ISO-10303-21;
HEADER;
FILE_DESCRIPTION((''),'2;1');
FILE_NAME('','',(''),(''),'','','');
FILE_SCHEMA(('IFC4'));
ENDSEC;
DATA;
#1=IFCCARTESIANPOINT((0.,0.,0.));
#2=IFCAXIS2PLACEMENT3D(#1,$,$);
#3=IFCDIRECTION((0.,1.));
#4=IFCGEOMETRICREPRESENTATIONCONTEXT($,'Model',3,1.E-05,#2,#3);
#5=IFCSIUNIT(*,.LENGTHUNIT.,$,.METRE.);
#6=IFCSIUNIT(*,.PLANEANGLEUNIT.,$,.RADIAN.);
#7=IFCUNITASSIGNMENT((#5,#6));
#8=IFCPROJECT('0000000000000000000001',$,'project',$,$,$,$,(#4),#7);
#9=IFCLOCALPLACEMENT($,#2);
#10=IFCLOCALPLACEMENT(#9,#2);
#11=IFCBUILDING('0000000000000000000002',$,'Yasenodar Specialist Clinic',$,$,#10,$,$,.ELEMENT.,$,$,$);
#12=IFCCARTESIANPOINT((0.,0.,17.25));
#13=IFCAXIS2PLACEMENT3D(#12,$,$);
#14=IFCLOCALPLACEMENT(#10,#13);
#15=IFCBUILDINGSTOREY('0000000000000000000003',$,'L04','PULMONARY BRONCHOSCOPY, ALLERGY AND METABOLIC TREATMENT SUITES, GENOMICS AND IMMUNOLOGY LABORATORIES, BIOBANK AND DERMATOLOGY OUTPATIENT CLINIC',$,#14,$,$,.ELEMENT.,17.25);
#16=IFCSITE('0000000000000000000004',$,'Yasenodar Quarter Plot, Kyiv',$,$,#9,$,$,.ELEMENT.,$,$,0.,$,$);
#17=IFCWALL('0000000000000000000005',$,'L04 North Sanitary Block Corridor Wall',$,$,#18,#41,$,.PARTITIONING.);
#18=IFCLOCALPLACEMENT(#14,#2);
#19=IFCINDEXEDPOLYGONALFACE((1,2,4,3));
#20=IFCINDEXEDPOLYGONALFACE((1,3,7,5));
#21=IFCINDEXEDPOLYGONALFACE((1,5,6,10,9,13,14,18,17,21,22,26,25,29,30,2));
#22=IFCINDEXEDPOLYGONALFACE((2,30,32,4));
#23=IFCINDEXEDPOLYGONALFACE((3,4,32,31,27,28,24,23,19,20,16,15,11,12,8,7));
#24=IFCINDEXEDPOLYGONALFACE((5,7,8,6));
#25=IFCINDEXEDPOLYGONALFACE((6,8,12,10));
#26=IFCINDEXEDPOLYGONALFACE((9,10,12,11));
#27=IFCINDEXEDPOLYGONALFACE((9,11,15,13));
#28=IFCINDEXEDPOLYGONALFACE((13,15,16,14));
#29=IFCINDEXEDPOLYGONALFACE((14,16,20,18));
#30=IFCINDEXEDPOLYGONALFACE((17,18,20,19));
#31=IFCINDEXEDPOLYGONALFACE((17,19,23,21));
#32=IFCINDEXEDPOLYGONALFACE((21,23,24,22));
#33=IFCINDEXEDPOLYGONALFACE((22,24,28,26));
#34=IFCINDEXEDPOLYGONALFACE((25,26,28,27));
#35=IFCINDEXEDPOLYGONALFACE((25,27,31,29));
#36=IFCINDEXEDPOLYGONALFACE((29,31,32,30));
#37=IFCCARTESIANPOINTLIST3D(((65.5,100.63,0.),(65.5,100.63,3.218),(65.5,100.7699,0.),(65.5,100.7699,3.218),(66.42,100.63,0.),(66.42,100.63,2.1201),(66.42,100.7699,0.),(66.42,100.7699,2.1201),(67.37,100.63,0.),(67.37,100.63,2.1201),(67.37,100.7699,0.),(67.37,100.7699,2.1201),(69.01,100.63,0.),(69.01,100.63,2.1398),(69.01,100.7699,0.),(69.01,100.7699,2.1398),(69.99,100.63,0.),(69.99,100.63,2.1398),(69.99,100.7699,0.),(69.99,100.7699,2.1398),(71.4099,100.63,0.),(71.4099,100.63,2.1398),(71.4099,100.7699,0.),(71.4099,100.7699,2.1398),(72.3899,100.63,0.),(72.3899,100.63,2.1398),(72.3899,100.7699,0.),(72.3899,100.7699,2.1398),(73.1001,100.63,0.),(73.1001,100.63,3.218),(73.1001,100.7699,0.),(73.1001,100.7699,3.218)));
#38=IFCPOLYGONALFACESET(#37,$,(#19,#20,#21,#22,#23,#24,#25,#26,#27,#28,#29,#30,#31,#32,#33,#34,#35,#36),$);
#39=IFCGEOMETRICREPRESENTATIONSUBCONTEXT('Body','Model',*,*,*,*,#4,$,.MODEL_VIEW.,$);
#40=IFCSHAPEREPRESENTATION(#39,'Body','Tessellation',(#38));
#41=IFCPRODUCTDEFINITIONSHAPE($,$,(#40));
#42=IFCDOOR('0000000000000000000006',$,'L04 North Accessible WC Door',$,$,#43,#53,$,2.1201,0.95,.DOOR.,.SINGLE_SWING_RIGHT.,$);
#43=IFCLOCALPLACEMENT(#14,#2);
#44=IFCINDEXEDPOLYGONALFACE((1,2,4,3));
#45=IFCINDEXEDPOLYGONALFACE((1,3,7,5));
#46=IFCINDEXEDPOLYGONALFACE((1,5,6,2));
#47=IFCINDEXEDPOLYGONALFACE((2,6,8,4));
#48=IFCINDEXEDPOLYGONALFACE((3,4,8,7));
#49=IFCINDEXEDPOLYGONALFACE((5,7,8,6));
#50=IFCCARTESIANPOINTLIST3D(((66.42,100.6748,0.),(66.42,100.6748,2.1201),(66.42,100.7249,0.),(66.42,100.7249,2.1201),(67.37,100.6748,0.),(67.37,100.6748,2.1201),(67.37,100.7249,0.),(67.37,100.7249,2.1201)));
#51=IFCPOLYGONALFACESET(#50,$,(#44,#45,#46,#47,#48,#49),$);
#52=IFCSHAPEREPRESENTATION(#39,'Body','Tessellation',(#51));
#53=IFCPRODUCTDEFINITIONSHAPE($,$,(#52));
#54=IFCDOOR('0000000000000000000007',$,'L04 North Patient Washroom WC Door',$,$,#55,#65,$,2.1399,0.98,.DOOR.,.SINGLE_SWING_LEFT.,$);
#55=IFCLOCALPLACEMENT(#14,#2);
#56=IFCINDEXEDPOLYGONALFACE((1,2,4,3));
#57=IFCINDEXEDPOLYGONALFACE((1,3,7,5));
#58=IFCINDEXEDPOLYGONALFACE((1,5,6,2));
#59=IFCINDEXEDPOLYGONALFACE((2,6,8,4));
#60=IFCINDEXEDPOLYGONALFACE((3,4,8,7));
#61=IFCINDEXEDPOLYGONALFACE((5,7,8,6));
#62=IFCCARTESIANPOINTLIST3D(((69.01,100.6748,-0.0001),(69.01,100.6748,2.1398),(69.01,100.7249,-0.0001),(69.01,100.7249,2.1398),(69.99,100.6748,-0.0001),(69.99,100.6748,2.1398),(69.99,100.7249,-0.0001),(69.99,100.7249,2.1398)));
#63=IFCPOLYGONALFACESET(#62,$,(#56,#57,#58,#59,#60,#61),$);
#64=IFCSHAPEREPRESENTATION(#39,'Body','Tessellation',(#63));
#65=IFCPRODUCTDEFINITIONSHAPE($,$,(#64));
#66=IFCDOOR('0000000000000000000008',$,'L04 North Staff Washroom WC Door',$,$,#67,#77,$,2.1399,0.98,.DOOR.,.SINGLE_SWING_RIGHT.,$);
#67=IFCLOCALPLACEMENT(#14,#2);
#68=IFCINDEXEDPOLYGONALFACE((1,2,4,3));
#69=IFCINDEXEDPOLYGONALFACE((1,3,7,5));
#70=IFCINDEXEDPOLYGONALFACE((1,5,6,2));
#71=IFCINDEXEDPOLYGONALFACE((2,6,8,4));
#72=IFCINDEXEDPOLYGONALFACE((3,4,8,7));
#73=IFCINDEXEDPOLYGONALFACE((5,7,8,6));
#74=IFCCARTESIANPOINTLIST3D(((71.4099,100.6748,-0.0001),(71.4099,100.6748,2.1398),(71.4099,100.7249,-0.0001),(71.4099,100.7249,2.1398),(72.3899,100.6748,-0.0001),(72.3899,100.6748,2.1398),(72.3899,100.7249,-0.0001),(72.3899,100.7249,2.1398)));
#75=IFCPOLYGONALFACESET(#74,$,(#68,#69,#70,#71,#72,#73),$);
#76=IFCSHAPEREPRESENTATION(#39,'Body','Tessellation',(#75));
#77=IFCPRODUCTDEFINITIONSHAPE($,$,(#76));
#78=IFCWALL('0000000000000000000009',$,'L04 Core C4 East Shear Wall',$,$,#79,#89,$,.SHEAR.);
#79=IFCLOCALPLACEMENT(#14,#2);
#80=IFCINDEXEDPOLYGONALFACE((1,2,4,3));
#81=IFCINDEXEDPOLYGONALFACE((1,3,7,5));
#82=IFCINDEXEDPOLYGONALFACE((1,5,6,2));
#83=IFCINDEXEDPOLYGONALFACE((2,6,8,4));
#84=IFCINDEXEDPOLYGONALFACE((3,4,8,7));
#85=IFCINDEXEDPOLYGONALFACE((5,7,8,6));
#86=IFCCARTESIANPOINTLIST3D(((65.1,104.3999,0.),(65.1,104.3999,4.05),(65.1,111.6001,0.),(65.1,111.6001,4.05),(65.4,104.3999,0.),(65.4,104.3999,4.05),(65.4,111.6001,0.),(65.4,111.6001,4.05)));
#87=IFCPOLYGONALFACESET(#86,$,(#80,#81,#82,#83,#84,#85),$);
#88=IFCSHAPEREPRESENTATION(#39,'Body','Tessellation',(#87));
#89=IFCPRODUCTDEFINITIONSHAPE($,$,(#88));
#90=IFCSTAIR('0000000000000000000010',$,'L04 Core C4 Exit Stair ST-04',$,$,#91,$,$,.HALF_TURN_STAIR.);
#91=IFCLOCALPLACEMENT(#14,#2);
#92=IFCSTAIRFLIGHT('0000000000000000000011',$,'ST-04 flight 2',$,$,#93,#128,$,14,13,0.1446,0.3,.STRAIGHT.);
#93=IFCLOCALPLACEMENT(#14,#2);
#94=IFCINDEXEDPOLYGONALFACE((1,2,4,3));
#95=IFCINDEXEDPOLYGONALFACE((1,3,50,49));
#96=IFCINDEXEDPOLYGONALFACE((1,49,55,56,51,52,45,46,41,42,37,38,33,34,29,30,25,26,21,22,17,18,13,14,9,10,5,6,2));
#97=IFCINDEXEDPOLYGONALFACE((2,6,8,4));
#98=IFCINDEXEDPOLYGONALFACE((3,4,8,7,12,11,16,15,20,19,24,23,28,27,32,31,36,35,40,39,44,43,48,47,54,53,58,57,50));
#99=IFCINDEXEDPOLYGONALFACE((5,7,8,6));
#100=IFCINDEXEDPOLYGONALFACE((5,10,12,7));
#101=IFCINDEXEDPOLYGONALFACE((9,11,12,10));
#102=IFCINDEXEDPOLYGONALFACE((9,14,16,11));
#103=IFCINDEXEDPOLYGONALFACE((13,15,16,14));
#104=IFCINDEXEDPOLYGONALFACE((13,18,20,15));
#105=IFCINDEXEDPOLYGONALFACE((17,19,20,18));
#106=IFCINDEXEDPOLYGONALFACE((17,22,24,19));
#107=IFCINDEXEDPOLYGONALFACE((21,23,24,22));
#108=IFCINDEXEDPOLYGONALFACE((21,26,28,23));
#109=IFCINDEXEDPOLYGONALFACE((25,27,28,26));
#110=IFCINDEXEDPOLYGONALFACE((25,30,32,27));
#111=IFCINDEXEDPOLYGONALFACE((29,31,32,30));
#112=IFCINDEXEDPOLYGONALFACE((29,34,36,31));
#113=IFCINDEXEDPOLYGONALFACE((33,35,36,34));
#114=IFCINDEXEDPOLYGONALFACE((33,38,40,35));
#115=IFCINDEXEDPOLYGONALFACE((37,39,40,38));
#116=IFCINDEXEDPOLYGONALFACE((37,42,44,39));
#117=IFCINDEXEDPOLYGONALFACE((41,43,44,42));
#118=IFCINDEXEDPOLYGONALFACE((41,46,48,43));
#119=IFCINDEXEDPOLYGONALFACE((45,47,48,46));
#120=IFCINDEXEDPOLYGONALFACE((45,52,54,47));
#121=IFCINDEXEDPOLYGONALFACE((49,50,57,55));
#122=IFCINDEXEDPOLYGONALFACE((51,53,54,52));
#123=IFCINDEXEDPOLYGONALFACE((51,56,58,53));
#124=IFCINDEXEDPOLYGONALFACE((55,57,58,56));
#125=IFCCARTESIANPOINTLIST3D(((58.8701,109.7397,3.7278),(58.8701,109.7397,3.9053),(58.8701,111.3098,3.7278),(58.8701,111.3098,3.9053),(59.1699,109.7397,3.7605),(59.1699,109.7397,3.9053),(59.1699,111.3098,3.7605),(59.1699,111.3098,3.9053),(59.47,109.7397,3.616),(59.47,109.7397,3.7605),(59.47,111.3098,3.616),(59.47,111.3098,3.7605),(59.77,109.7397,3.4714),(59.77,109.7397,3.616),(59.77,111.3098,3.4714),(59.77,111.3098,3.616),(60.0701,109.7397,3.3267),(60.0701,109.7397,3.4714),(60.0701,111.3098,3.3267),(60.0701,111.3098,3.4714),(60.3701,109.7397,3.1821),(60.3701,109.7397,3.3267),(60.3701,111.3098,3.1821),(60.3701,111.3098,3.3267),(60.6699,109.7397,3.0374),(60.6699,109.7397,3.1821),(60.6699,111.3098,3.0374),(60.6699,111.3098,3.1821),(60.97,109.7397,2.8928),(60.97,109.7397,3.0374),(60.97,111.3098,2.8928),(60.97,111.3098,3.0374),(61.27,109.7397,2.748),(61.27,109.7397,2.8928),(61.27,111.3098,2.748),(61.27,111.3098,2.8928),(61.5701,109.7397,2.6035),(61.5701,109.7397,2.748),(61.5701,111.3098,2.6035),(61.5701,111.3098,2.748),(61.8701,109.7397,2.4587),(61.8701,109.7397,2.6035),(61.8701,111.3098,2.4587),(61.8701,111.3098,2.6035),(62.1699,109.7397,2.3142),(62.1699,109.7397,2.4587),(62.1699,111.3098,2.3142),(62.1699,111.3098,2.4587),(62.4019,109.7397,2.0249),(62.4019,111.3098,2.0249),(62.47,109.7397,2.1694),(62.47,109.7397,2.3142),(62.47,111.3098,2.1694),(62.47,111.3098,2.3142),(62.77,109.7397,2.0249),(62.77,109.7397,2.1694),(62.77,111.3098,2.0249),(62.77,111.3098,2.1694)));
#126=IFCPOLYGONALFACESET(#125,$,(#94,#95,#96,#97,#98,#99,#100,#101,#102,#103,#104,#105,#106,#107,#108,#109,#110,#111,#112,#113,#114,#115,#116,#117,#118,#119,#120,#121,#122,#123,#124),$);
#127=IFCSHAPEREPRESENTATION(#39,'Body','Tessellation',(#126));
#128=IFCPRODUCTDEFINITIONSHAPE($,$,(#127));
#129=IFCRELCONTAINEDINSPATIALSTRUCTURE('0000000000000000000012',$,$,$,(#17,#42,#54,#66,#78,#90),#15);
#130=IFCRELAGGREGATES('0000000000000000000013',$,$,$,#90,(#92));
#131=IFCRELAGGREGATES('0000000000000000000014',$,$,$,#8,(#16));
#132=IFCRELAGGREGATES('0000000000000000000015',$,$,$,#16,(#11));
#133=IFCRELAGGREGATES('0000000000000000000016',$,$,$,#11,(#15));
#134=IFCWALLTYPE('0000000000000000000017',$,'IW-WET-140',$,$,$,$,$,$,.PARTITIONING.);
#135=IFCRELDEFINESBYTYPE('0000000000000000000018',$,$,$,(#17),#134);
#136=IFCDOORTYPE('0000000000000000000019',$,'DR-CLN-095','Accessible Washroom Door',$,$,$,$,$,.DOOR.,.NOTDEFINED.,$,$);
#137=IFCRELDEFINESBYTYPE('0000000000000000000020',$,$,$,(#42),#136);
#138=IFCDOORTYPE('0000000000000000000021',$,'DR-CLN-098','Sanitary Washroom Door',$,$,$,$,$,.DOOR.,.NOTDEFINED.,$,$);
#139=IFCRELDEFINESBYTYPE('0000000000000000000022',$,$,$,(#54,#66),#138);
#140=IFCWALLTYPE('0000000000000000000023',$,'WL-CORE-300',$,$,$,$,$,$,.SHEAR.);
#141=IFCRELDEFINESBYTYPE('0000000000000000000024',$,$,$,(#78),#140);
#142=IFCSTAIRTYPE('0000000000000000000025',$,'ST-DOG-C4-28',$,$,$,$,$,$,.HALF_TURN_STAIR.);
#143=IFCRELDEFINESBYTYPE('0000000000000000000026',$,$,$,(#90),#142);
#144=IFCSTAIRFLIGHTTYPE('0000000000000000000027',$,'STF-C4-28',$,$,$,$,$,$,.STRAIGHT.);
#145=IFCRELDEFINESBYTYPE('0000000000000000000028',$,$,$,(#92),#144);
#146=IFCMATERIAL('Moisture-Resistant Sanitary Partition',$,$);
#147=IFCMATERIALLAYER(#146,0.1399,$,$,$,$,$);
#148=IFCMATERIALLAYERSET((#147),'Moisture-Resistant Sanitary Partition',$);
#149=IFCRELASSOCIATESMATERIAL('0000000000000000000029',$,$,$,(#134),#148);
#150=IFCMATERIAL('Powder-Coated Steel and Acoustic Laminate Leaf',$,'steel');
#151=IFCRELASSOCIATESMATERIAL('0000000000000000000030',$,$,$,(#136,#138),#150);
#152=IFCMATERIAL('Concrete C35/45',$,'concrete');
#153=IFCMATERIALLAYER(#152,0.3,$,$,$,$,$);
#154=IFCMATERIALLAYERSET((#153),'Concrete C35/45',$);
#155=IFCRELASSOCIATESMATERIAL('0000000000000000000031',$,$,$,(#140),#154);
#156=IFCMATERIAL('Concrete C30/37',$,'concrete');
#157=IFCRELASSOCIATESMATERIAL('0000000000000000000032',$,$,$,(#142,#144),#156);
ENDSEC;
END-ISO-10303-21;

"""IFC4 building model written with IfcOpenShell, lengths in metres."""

from ifc_helpers import new_model, si_unit, direction, frame, frame_2d, origin, place, context, subcontext, project, spatial, polyline, rectangle, outline, extrude, material, layer, layer_set, type_object, element, fill, aggregate, save


model = new_model("IFC4")

# Units and contexts
model_context = context("Model", 3, precision=1e-05, world=origin(), true_north=direction((0.0, 1.0)))
body_context = subcontext(model_context, "Body", "Model", "MODEL_VIEW")
ifc_project = project(units=[si_unit("LENGTHUNIT", "METRE"), si_unit("PLANEANGLEUNIT", "RADIAN")], contexts=[model_context])

# Site, building, storey
site_placement = place(None, origin())
site = spatial("IfcSite", under=ifc_project, at=site_placement, Name="Yasenodar Quarter Plot, Kyiv", CompositionType="ELEMENT", RefElevation=0.0)
building_placement = place(site_placement, origin())
building = spatial("IfcBuilding", under=site, at=building_placement, Name="Yasenodar Specialist Clinic", CompositionType="ELEMENT")
storey_placement = place(building_placement, frame((0.0, 0.0, 17.25)))
storey = spatial("IfcBuildingStorey", under=building, at=storey_placement, Name="L04", Description="PULMONARY BRONCHOSCOPY, ALLERGY AND METABOLIC TREATMENT SUITES, GENOMICS AND IMMUNOLOGY LABORATORIES, BIOBANK AND DERMATOLOGY OUTPATIENT CLINIC", CompositionType="ELEMENT", Elevation=17.25)

# Shared definitions
ifc_material_1 = material(Name="Moisture-Resistant Sanitary Partition")
ifc_layer_1 = layer(ifc_material_1, 0.1399)
ifc_layer_set_1 = layer_set([ifc_layer_1], Name="Moisture-Resistant Sanitary Partition")
wall_type_1 = type_object("IfcWallType", Name="IW-WET-140", PredefinedType="PARTITIONING", material=ifc_layer_set_1)

# Wall, openings, doors
wall_1_placement = place(storey_placement, frame((65.5, 100.7, 0.0), z_axis=(0.0, 0.0, 1.0), x_axis=(1.0, 0.0, 0.0)))
wall_1 = element("IfcWall", 1, at=wall_1_placement, inside=storey, type_object=wall_type_1, Name="L04 North Sanitary Block Corridor Wall", PredefinedType="PARTITIONING", context=body_context, shape_type="SweptSolid", body=[
    extrude(rectangle(XDim=7.6001, YDim=0.1399, at=frame_2d((3.8, 0.0))), origin(), (0.0, 0.0, 1.0), 3.218),
])
opening_1_placement = place(wall_1_placement, frame((0.9199, 0.0, 0.0)))
opening_1 = element("IfcOpeningElement", 2, at=opening_1_placement, cuts=wall_1, PredefinedType="OPENING", context=body_context, shape_type="SweptSolid", body=[
    extrude(rectangle(XDim=0.95, YDim=2.1201, at=frame_2d((0.4751, 1.0601))), frame((0.0, 0.0801, 0.0), z_axis=(0.0, -1.0, 0.0), x_axis=(1.0, 0.0, 0.0)), (0.0, 0.0, 1.0), 0.1599),
])
opening_2_placement = place(wall_1_placement, frame((3.51, 0.0, 0.0)))
opening_2 = element("IfcOpeningElement", 3, at=opening_2_placement, cuts=wall_1, PredefinedType="OPENING", context=body_context, shape_type="SweptSolid", body=[
    extrude(rectangle(XDim=0.98, YDim=2.1399, at=frame_2d((0.49, 1.0698))), frame((0.0, 0.0801, 0.0), z_axis=(0.0, -1.0, 0.0), x_axis=(1.0, 0.0, 0.0)), (0.0, 0.0, 1.0), 0.1599),
])
opening_3_placement = place(wall_1_placement, frame((5.9099, 0.0, 0.0)))
opening_3 = element("IfcOpeningElement", 4, at=opening_3_placement, cuts=wall_1, PredefinedType="OPENING", context=body_context, shape_type="SweptSolid", body=[
    extrude(rectangle(XDim=0.98, YDim=2.1399, at=frame_2d((0.49, 1.0698))), frame((0.0, 0.0801, 0.0), z_axis=(0.0, -1.0, 0.0), x_axis=(1.0, 0.0, 0.0)), (0.0, 0.0, 1.0), 0.1599),
])
ifc_material_2 = material(Name="Powder-Coated Steel and Acoustic Laminate Leaf", Category="steel")
door_type_1 = type_object("IfcDoorType", Name="DR-CLN-095", Description="Accessible Washroom Door", OperationType="NOTDEFINED", PredefinedType="DOOR", material=ifc_material_2)
door_1_placement = place(opening_1_placement, origin())
door_1 = element("IfcDoor", 5, at=door_1_placement, inside=storey, type_object=door_type_1, Name="L04 North Accessible WC Door", OperationType="SINGLE_SWING_RIGHT", OverallHeight=2.1201, OverallWidth=0.95, PredefinedType="DOOR", context=body_context, shape_type="SweptSolid", body=[
    extrude(rectangle(XDim=0.95, YDim=2.1201, at=frame_2d((0.4751, 1.0601))), frame((0.0, 0.0249, 0.0), z_axis=(0.0, -1.0, 0.0), x_axis=(1.0, 0.0, 0.0)), (0.0, 0.0, 1.0), 0.05),
])
fill(opening_1, door_1)
door_type_2 = type_object("IfcDoorType", Name="DR-CLN-098", Description="Sanitary Washroom Door", OperationType="NOTDEFINED", PredefinedType="DOOR", material=ifc_material_2)
door_2_placement = place(opening_2_placement, origin())
door_2 = element("IfcDoor", 6, at=door_2_placement, inside=storey, type_object=door_type_2, Name="L04 North Patient Washroom WC Door", OperationType="SINGLE_SWING_LEFT", OverallHeight=2.1399, OverallWidth=0.98, PredefinedType="DOOR", context=body_context, shape_type="SweptSolid", body=[
    extrude(rectangle(XDim=0.98, YDim=2.1399, at=frame_2d((0.49, 1.0698))), frame((0.0, 0.0249, 0.0), z_axis=(0.0, -1.0, 0.0), x_axis=(1.0, 0.0, 0.0)), (0.0, 0.0, 1.0), 0.05),
])
fill(opening_2, door_2)
door_3_placement = place(opening_3_placement, origin())
door_3 = element("IfcDoor", 7, at=door_3_placement, inside=storey, type_object=door_type_2, Name="L04 North Staff Washroom WC Door", OperationType="SINGLE_SWING_RIGHT", OverallHeight=2.1399, OverallWidth=0.98, PredefinedType="DOOR", context=body_context, shape_type="SweptSolid", body=[
    extrude(rectangle(XDim=0.98, YDim=2.1399, at=frame_2d((0.49, 1.0698))), frame((0.0, 0.0249, 0.0), z_axis=(0.0, -1.0, 0.0), x_axis=(1.0, 0.0, 0.0)), (0.0, 0.0, 1.0), 0.05),
])
fill(opening_3, door_3)

# Wall
ifc_material_3 = material(Name="Concrete C35/45", Category="concrete")
ifc_layer_2 = layer(ifc_material_3, 0.3)
ifc_layer_set_2 = layer_set([ifc_layer_2], Name="Concrete C35/45")
wall_type_2 = type_object("IfcWallType", Name="WL-CORE-300", PredefinedType="SHEAR", material=ifc_layer_set_2)
wall_2_placement = place(storey_placement, frame((65.25, 104.3999, 0.0), z_axis=(0.0, 0.0, 1.0), x_axis=(0.0, 1.0, 0.0)))
element("IfcWall", 8, at=wall_2_placement, inside=storey, type_object=wall_type_2, Name="L04 Core C4 East Shear Wall", PredefinedType="SHEAR", context=body_context, shape_type="SweptSolid", body=[
    extrude(rectangle(XDim=7.2002, YDim=0.3, at=frame_2d((3.6001, 0.0))), origin(), (0.0, 0.0, 1.0), 4.05),
])

# Stair, stair flight
ifc_material_4 = material(Name="Concrete C30/37", Category="concrete")
stair_type = type_object("IfcStairType", Name="ST-DOG-C4-28", PredefinedType="HALF_TURN_STAIR", material=ifc_material_4)
stair_placement = place(storey_placement, origin())
stair = element("IfcStair", 9, at=stair_placement, inside=storey, type_object=stair_type, Name="L04 Core C4 Exit Stair ST-04", PredefinedType="HALF_TURN_STAIR")
stair_flight_type = type_object("IfcStairFlightType", Name="STF-C4-28", PredefinedType="STRAIGHT", material=ifc_material_4)
stair_flight_placement = place(storey_placement, frame((62.77, 110.5249, 2.0249), z_axis=(0.0, 0.0, 1.0), x_axis=(-1.0, 0.0, 0.0)))
stair_flight = element("IfcStairFlight", 10, at=stair_flight_placement, type_object=stair_flight_type, Name="ST-04 flight 2", NumberOfRisers=14, NumberOfTreads=13, PredefinedType="STRAIGHT", RiserHeight=0.1446, TreadLength=0.3, context=body_context, shape_type="SweptSolid", body=[
    extrude(outline(polyline([(0.0, 0.0), (0.0, 0.1445), (0.3, 0.1445), (0.3, 0.2893), (0.6001, 0.2893), (0.6001, 0.4338), (0.8999, 0.4338), (0.8999, 0.5786), (1.2, 0.5786), (1.2, 0.7231), (1.5, 0.7231), (1.5, 0.8679), (1.8, 0.8679), (1.8, 1.0125), (2.1001, 1.0125), (2.1001, 1.1572), (2.3999, 1.1572), (2.3999, 1.3018), (2.7, 1.3018), (2.7, 1.4465), (3.0, 1.4465), (3.0, 1.5911), (3.3, 1.5911), (3.3, 1.7356), (3.6001, 1.7356), (3.6001, 1.8804), (3.8999, 1.8804), (3.8999, 2.0249), (3.8999, 1.7029), (0.3682, 0.0), (0.0, 0.0)])), frame((0.0, 0.7852, 0.0), z_axis=(0.0, -1.0, 0.0), x_axis=(1.0, 0.0, 0.0)), (0.0, 0.0, 1.0), 1.5701),
])
aggregate(stair, [stair_flight])

save(model, "model.ifc")
